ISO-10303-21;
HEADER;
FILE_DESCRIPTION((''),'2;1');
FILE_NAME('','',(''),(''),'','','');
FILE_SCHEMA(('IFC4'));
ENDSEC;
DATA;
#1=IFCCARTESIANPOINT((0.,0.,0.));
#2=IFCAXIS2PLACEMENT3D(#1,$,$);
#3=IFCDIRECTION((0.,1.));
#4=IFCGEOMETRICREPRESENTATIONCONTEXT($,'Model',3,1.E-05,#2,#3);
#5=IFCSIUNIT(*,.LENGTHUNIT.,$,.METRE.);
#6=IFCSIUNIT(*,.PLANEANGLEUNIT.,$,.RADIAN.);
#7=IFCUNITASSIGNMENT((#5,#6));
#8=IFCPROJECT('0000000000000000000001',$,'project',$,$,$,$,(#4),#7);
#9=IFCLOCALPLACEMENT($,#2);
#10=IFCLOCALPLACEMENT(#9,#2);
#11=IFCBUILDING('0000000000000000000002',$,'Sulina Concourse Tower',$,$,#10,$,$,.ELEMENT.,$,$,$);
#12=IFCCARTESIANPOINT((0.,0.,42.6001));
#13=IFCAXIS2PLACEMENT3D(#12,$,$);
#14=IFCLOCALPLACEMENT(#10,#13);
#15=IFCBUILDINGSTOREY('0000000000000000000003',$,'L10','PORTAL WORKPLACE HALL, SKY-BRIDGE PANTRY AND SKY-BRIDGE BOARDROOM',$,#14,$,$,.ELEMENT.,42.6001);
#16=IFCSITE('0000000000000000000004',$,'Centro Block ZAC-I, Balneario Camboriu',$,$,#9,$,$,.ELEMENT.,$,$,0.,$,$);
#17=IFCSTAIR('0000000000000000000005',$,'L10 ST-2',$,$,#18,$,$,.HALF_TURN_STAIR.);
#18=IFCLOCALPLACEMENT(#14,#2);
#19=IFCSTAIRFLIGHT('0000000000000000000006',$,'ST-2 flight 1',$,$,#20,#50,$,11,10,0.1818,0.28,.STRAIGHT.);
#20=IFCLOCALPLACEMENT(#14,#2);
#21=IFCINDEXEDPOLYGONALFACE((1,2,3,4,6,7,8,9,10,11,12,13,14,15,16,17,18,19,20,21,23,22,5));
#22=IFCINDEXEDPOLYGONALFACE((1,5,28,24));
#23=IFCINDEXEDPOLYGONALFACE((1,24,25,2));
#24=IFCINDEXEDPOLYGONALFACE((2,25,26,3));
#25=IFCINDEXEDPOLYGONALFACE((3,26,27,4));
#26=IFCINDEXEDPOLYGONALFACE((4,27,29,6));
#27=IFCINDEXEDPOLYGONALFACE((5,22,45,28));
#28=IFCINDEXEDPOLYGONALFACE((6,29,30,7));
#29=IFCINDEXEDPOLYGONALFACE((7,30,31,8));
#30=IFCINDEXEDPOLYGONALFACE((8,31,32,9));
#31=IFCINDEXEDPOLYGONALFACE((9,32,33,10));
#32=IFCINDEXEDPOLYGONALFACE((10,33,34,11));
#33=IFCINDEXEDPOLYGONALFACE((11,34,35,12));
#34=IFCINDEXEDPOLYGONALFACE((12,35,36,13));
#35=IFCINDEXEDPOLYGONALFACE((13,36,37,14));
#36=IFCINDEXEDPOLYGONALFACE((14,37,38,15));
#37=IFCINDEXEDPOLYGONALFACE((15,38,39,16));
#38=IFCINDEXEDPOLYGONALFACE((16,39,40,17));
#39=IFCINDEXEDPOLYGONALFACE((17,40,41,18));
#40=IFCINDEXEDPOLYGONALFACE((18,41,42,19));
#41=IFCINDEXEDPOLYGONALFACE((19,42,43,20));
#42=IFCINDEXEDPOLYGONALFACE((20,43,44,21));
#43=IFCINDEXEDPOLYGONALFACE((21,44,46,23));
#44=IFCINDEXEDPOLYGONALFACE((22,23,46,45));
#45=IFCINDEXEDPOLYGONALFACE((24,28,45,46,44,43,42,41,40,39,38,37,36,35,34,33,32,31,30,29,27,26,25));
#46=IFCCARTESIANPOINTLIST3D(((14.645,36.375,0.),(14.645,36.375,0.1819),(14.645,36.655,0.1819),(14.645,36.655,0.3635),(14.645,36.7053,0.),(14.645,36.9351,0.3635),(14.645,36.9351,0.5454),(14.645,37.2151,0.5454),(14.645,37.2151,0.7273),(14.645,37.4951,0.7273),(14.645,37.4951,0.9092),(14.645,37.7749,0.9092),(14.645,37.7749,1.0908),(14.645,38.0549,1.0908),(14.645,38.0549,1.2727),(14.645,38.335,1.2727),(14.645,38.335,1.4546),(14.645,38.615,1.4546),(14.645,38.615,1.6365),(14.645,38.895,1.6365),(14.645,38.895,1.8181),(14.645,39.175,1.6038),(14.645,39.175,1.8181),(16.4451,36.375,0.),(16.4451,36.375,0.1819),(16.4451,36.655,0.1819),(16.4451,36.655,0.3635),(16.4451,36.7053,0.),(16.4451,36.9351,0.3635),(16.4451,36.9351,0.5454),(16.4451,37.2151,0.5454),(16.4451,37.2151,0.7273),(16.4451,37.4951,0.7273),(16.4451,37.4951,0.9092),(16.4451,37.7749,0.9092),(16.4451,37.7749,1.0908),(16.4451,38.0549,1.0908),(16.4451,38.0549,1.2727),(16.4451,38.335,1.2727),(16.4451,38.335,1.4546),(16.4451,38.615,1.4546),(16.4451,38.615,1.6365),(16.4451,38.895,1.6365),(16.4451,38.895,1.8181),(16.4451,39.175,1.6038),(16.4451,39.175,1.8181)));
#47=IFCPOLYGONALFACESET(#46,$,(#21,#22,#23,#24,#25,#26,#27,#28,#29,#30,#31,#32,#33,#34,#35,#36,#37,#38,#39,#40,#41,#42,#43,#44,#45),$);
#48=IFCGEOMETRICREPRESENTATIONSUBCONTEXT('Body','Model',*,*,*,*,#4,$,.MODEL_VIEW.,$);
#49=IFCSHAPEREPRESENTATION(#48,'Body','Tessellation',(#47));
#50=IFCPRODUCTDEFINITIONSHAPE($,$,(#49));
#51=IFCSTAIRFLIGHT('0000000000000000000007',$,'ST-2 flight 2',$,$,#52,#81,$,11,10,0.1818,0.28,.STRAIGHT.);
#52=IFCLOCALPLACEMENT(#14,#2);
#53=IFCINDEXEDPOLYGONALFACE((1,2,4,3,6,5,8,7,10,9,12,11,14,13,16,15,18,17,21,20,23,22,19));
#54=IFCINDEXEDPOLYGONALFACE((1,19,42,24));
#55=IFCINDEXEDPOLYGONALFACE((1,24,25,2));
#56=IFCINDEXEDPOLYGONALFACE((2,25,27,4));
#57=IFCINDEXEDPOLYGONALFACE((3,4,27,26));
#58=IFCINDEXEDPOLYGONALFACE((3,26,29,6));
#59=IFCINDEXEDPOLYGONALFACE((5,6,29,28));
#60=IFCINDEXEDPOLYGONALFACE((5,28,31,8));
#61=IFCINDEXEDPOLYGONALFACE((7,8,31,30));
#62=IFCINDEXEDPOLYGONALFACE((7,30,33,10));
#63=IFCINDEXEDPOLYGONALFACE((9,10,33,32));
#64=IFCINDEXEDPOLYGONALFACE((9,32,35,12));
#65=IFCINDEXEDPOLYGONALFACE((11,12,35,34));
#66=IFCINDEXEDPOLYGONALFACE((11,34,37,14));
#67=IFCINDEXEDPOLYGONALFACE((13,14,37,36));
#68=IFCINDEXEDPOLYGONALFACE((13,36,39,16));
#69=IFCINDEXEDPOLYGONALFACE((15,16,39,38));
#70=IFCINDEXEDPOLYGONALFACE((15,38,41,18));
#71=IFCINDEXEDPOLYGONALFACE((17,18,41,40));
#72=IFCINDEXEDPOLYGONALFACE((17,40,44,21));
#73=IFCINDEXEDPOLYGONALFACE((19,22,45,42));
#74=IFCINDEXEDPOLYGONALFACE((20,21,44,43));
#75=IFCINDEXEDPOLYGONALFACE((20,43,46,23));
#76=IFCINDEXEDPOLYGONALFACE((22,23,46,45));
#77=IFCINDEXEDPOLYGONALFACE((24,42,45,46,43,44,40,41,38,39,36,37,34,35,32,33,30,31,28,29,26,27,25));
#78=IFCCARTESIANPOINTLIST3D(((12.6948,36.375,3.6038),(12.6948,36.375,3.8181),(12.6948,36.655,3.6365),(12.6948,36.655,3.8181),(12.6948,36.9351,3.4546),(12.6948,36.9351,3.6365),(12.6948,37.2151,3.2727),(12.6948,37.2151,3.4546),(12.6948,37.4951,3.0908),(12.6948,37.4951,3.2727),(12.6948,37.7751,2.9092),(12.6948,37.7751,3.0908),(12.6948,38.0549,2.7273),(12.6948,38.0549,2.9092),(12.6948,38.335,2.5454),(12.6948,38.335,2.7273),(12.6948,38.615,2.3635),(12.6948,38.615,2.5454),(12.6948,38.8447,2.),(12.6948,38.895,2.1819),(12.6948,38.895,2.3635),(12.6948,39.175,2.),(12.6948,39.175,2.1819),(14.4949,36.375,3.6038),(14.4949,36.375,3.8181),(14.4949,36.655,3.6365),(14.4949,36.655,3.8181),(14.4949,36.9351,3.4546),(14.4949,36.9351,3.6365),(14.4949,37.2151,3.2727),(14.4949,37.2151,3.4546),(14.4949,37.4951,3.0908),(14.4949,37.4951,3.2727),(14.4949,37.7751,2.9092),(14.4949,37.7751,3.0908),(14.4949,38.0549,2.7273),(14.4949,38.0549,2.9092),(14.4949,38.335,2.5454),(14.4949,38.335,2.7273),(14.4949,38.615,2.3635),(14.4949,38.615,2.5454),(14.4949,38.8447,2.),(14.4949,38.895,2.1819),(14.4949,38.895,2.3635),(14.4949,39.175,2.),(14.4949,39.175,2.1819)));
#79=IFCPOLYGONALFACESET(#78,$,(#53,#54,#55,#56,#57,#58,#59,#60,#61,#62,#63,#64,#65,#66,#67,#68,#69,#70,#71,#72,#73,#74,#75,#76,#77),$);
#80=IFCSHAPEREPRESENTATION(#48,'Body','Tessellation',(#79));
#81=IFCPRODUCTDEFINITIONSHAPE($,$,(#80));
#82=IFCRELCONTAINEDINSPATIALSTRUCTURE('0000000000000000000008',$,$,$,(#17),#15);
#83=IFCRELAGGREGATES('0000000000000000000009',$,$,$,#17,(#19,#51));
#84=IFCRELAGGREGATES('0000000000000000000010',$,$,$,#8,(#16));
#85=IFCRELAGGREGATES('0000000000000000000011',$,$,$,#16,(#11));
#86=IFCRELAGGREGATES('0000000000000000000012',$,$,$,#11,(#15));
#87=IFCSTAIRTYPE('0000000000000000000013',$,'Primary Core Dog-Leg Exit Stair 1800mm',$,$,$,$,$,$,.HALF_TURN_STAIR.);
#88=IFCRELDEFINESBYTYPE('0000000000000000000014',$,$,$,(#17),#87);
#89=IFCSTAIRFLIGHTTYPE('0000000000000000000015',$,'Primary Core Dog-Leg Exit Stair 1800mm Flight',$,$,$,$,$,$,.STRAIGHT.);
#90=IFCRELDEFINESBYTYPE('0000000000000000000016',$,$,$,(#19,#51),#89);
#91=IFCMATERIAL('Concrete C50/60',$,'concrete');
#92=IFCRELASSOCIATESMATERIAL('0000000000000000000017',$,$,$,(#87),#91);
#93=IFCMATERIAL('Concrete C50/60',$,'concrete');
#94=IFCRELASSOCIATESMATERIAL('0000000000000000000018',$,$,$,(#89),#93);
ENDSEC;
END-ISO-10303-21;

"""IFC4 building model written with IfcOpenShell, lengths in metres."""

from ifc_helpers import new_model, si_unit, direction, frame, origin, place, context, subcontext, project, spatial, polyline, outline, extrude, material, type_object, element, aggregate, save


model = new_model("IFC4")

# Units and contexts
model_context = context("Model", 3, precision=1e-05, world=origin(), true_north=direction((0.0, 1.0)))
body_context = subcontext(model_context, "Body", "Model", "MODEL_VIEW")
ifc_project = project(units=[si_unit("LENGTHUNIT", "METRE"), si_unit("PLANEANGLEUNIT", "RADIAN")], contexts=[model_context])

# Site, building, storey
site_placement = place(None, origin())
site = spatial("IfcSite", under=ifc_project, at=site_placement, Name="Centro Block ZAC-I, Balneario Camboriu", CompositionType="ELEMENT", RefElevation=0.0)
building_placement = place(site_placement, origin())
building = spatial("IfcBuilding", under=site, at=building_placement, Name="Sulina Concourse Tower", CompositionType="ELEMENT")
storey_placement = place(building_placement, frame((0.0, 0.0, 42.6001)))
storey = spatial("IfcBuildingStorey", under=building, at=storey_placement, Name="L10", Description="PORTAL WORKPLACE HALL, SKY-BRIDGE PANTRY AND SKY-BRIDGE BOARDROOM", CompositionType="ELEMENT", Elevation=42.6001)

# Stair, stair flights
ifc_material_1 = material(Name="Concrete C50/60", Category="concrete")
stair_type = type_object("IfcStairType", Name="Primary Core Dog-Leg Exit Stair 1800mm", PredefinedType="HALF_TURN_STAIR", material=ifc_material_1)
ifc_material_2 = material(Name="Concrete C50/60", Category="concrete")
stair_flight_type = type_object("IfcStairFlightType", Name="Primary Core Dog-Leg Exit Stair 1800mm Flight", PredefinedType="STRAIGHT", material=ifc_material_2)
stair_1_placement = place(storey_placement, origin())
stair_1 = element("IfcStair", 1, at=stair_1_placement, inside=storey, type_object=stair_type, Name="L10 ST-2", PredefinedType="HALF_TURN_STAIR")
stair_flight_1_placement = place(storey_placement, frame((15.5449, 36.375, 0.0), z_axis=(0.0, 0.0, 1.0), x_axis=(0.0, 1.0, 0.0)))
stair_flight_1 = element("IfcStairFlight", 2, at=stair_flight_1_placement, type_object=stair_flight_type, Name="ST-2 flight 1", NumberOfRisers=11, NumberOfTreads=10, PredefinedType="STRAIGHT", RiserHeight=0.1818, TreadLength=0.28, context=body_context, shape_type="SweptSolid", body=[
    extrude(outline(polyline([(0.0, 0.0), (0.0, 0.1819), (0.28, 0.1819), (0.28, 0.3635), (0.5601, 0.3635), (0.5601, 0.5454), (0.8401, 0.5454), (0.8401, 0.7273), (1.1201, 0.7273), (1.1201, 0.9092), (1.3999, 0.9092), (1.3999, 1.0908), (1.6799, 1.0908), (1.6799, 1.2727), (1.96, 1.2727), (1.96, 1.4546), (2.24, 1.4546), (2.24, 1.6365), (2.52, 1.6365), (2.52, 1.8181), (2.8, 1.8181), (2.8, 2.0), (2.8, 1.6038), (0.3303, 0.0), (0.0, 0.0)])), frame((0.0, 0.8999, 0.0), z_axis=(0.0, -1.0, 0.0), x_axis=(1.0, 0.0, 0.0)), (0.0, 0.0, 1.0), 1.8),
])
stair_flight_2_placement = place(storey_placement, frame((13.595, 39.175, 2.0), z_axis=(0.0, 0.0, 1.0), x_axis=(0.0, -1.0, 0.0)))
stair_flight_2 = element("IfcStairFlight", 3, at=stair_flight_2_placement, type_object=stair_flight_type, Name="ST-2 flight 2", NumberOfRisers=11, NumberOfTreads=10, PredefinedType="STRAIGHT", RiserHeight=0.1818, TreadLength=0.28, context=body_context, shape_type="SweptSolid", body=[
    extrude(outline(polyline([(0.0, 0.0), (0.0, 0.1819), (0.28, 0.1819), (0.28, 0.3635), (0.5601, 0.3635), (0.5601, 0.5454), (0.8401, 0.5454), (0.8401, 0.7273), (1.1201, 0.7273), (1.1201, 0.9092), (1.3999, 0.9092), (1.3999, 1.0908), (1.6799, 1.0908), (1.6799, 1.2727), (1.96, 1.2727), (1.96, 1.4546), (2.24, 1.4546), (2.24, 1.6365), (2.52, 1.6365), (2.52, 1.8181), (2.8, 1.8181), (2.8, 2.0), (2.8, 1.6038), (0.3303, 0.0), (0.0, 0.0)])), frame((0.0, 0.8999, 0.0), z_axis=(0.0, -1.0, 0.0), x_axis=(1.0, 0.0, 0.0)), (0.0, 0.0, 1.0), 1.8),
])
aggregate(stair_1, [stair_flight_1, stair_flight_2])

save(model, "model.ifc")
